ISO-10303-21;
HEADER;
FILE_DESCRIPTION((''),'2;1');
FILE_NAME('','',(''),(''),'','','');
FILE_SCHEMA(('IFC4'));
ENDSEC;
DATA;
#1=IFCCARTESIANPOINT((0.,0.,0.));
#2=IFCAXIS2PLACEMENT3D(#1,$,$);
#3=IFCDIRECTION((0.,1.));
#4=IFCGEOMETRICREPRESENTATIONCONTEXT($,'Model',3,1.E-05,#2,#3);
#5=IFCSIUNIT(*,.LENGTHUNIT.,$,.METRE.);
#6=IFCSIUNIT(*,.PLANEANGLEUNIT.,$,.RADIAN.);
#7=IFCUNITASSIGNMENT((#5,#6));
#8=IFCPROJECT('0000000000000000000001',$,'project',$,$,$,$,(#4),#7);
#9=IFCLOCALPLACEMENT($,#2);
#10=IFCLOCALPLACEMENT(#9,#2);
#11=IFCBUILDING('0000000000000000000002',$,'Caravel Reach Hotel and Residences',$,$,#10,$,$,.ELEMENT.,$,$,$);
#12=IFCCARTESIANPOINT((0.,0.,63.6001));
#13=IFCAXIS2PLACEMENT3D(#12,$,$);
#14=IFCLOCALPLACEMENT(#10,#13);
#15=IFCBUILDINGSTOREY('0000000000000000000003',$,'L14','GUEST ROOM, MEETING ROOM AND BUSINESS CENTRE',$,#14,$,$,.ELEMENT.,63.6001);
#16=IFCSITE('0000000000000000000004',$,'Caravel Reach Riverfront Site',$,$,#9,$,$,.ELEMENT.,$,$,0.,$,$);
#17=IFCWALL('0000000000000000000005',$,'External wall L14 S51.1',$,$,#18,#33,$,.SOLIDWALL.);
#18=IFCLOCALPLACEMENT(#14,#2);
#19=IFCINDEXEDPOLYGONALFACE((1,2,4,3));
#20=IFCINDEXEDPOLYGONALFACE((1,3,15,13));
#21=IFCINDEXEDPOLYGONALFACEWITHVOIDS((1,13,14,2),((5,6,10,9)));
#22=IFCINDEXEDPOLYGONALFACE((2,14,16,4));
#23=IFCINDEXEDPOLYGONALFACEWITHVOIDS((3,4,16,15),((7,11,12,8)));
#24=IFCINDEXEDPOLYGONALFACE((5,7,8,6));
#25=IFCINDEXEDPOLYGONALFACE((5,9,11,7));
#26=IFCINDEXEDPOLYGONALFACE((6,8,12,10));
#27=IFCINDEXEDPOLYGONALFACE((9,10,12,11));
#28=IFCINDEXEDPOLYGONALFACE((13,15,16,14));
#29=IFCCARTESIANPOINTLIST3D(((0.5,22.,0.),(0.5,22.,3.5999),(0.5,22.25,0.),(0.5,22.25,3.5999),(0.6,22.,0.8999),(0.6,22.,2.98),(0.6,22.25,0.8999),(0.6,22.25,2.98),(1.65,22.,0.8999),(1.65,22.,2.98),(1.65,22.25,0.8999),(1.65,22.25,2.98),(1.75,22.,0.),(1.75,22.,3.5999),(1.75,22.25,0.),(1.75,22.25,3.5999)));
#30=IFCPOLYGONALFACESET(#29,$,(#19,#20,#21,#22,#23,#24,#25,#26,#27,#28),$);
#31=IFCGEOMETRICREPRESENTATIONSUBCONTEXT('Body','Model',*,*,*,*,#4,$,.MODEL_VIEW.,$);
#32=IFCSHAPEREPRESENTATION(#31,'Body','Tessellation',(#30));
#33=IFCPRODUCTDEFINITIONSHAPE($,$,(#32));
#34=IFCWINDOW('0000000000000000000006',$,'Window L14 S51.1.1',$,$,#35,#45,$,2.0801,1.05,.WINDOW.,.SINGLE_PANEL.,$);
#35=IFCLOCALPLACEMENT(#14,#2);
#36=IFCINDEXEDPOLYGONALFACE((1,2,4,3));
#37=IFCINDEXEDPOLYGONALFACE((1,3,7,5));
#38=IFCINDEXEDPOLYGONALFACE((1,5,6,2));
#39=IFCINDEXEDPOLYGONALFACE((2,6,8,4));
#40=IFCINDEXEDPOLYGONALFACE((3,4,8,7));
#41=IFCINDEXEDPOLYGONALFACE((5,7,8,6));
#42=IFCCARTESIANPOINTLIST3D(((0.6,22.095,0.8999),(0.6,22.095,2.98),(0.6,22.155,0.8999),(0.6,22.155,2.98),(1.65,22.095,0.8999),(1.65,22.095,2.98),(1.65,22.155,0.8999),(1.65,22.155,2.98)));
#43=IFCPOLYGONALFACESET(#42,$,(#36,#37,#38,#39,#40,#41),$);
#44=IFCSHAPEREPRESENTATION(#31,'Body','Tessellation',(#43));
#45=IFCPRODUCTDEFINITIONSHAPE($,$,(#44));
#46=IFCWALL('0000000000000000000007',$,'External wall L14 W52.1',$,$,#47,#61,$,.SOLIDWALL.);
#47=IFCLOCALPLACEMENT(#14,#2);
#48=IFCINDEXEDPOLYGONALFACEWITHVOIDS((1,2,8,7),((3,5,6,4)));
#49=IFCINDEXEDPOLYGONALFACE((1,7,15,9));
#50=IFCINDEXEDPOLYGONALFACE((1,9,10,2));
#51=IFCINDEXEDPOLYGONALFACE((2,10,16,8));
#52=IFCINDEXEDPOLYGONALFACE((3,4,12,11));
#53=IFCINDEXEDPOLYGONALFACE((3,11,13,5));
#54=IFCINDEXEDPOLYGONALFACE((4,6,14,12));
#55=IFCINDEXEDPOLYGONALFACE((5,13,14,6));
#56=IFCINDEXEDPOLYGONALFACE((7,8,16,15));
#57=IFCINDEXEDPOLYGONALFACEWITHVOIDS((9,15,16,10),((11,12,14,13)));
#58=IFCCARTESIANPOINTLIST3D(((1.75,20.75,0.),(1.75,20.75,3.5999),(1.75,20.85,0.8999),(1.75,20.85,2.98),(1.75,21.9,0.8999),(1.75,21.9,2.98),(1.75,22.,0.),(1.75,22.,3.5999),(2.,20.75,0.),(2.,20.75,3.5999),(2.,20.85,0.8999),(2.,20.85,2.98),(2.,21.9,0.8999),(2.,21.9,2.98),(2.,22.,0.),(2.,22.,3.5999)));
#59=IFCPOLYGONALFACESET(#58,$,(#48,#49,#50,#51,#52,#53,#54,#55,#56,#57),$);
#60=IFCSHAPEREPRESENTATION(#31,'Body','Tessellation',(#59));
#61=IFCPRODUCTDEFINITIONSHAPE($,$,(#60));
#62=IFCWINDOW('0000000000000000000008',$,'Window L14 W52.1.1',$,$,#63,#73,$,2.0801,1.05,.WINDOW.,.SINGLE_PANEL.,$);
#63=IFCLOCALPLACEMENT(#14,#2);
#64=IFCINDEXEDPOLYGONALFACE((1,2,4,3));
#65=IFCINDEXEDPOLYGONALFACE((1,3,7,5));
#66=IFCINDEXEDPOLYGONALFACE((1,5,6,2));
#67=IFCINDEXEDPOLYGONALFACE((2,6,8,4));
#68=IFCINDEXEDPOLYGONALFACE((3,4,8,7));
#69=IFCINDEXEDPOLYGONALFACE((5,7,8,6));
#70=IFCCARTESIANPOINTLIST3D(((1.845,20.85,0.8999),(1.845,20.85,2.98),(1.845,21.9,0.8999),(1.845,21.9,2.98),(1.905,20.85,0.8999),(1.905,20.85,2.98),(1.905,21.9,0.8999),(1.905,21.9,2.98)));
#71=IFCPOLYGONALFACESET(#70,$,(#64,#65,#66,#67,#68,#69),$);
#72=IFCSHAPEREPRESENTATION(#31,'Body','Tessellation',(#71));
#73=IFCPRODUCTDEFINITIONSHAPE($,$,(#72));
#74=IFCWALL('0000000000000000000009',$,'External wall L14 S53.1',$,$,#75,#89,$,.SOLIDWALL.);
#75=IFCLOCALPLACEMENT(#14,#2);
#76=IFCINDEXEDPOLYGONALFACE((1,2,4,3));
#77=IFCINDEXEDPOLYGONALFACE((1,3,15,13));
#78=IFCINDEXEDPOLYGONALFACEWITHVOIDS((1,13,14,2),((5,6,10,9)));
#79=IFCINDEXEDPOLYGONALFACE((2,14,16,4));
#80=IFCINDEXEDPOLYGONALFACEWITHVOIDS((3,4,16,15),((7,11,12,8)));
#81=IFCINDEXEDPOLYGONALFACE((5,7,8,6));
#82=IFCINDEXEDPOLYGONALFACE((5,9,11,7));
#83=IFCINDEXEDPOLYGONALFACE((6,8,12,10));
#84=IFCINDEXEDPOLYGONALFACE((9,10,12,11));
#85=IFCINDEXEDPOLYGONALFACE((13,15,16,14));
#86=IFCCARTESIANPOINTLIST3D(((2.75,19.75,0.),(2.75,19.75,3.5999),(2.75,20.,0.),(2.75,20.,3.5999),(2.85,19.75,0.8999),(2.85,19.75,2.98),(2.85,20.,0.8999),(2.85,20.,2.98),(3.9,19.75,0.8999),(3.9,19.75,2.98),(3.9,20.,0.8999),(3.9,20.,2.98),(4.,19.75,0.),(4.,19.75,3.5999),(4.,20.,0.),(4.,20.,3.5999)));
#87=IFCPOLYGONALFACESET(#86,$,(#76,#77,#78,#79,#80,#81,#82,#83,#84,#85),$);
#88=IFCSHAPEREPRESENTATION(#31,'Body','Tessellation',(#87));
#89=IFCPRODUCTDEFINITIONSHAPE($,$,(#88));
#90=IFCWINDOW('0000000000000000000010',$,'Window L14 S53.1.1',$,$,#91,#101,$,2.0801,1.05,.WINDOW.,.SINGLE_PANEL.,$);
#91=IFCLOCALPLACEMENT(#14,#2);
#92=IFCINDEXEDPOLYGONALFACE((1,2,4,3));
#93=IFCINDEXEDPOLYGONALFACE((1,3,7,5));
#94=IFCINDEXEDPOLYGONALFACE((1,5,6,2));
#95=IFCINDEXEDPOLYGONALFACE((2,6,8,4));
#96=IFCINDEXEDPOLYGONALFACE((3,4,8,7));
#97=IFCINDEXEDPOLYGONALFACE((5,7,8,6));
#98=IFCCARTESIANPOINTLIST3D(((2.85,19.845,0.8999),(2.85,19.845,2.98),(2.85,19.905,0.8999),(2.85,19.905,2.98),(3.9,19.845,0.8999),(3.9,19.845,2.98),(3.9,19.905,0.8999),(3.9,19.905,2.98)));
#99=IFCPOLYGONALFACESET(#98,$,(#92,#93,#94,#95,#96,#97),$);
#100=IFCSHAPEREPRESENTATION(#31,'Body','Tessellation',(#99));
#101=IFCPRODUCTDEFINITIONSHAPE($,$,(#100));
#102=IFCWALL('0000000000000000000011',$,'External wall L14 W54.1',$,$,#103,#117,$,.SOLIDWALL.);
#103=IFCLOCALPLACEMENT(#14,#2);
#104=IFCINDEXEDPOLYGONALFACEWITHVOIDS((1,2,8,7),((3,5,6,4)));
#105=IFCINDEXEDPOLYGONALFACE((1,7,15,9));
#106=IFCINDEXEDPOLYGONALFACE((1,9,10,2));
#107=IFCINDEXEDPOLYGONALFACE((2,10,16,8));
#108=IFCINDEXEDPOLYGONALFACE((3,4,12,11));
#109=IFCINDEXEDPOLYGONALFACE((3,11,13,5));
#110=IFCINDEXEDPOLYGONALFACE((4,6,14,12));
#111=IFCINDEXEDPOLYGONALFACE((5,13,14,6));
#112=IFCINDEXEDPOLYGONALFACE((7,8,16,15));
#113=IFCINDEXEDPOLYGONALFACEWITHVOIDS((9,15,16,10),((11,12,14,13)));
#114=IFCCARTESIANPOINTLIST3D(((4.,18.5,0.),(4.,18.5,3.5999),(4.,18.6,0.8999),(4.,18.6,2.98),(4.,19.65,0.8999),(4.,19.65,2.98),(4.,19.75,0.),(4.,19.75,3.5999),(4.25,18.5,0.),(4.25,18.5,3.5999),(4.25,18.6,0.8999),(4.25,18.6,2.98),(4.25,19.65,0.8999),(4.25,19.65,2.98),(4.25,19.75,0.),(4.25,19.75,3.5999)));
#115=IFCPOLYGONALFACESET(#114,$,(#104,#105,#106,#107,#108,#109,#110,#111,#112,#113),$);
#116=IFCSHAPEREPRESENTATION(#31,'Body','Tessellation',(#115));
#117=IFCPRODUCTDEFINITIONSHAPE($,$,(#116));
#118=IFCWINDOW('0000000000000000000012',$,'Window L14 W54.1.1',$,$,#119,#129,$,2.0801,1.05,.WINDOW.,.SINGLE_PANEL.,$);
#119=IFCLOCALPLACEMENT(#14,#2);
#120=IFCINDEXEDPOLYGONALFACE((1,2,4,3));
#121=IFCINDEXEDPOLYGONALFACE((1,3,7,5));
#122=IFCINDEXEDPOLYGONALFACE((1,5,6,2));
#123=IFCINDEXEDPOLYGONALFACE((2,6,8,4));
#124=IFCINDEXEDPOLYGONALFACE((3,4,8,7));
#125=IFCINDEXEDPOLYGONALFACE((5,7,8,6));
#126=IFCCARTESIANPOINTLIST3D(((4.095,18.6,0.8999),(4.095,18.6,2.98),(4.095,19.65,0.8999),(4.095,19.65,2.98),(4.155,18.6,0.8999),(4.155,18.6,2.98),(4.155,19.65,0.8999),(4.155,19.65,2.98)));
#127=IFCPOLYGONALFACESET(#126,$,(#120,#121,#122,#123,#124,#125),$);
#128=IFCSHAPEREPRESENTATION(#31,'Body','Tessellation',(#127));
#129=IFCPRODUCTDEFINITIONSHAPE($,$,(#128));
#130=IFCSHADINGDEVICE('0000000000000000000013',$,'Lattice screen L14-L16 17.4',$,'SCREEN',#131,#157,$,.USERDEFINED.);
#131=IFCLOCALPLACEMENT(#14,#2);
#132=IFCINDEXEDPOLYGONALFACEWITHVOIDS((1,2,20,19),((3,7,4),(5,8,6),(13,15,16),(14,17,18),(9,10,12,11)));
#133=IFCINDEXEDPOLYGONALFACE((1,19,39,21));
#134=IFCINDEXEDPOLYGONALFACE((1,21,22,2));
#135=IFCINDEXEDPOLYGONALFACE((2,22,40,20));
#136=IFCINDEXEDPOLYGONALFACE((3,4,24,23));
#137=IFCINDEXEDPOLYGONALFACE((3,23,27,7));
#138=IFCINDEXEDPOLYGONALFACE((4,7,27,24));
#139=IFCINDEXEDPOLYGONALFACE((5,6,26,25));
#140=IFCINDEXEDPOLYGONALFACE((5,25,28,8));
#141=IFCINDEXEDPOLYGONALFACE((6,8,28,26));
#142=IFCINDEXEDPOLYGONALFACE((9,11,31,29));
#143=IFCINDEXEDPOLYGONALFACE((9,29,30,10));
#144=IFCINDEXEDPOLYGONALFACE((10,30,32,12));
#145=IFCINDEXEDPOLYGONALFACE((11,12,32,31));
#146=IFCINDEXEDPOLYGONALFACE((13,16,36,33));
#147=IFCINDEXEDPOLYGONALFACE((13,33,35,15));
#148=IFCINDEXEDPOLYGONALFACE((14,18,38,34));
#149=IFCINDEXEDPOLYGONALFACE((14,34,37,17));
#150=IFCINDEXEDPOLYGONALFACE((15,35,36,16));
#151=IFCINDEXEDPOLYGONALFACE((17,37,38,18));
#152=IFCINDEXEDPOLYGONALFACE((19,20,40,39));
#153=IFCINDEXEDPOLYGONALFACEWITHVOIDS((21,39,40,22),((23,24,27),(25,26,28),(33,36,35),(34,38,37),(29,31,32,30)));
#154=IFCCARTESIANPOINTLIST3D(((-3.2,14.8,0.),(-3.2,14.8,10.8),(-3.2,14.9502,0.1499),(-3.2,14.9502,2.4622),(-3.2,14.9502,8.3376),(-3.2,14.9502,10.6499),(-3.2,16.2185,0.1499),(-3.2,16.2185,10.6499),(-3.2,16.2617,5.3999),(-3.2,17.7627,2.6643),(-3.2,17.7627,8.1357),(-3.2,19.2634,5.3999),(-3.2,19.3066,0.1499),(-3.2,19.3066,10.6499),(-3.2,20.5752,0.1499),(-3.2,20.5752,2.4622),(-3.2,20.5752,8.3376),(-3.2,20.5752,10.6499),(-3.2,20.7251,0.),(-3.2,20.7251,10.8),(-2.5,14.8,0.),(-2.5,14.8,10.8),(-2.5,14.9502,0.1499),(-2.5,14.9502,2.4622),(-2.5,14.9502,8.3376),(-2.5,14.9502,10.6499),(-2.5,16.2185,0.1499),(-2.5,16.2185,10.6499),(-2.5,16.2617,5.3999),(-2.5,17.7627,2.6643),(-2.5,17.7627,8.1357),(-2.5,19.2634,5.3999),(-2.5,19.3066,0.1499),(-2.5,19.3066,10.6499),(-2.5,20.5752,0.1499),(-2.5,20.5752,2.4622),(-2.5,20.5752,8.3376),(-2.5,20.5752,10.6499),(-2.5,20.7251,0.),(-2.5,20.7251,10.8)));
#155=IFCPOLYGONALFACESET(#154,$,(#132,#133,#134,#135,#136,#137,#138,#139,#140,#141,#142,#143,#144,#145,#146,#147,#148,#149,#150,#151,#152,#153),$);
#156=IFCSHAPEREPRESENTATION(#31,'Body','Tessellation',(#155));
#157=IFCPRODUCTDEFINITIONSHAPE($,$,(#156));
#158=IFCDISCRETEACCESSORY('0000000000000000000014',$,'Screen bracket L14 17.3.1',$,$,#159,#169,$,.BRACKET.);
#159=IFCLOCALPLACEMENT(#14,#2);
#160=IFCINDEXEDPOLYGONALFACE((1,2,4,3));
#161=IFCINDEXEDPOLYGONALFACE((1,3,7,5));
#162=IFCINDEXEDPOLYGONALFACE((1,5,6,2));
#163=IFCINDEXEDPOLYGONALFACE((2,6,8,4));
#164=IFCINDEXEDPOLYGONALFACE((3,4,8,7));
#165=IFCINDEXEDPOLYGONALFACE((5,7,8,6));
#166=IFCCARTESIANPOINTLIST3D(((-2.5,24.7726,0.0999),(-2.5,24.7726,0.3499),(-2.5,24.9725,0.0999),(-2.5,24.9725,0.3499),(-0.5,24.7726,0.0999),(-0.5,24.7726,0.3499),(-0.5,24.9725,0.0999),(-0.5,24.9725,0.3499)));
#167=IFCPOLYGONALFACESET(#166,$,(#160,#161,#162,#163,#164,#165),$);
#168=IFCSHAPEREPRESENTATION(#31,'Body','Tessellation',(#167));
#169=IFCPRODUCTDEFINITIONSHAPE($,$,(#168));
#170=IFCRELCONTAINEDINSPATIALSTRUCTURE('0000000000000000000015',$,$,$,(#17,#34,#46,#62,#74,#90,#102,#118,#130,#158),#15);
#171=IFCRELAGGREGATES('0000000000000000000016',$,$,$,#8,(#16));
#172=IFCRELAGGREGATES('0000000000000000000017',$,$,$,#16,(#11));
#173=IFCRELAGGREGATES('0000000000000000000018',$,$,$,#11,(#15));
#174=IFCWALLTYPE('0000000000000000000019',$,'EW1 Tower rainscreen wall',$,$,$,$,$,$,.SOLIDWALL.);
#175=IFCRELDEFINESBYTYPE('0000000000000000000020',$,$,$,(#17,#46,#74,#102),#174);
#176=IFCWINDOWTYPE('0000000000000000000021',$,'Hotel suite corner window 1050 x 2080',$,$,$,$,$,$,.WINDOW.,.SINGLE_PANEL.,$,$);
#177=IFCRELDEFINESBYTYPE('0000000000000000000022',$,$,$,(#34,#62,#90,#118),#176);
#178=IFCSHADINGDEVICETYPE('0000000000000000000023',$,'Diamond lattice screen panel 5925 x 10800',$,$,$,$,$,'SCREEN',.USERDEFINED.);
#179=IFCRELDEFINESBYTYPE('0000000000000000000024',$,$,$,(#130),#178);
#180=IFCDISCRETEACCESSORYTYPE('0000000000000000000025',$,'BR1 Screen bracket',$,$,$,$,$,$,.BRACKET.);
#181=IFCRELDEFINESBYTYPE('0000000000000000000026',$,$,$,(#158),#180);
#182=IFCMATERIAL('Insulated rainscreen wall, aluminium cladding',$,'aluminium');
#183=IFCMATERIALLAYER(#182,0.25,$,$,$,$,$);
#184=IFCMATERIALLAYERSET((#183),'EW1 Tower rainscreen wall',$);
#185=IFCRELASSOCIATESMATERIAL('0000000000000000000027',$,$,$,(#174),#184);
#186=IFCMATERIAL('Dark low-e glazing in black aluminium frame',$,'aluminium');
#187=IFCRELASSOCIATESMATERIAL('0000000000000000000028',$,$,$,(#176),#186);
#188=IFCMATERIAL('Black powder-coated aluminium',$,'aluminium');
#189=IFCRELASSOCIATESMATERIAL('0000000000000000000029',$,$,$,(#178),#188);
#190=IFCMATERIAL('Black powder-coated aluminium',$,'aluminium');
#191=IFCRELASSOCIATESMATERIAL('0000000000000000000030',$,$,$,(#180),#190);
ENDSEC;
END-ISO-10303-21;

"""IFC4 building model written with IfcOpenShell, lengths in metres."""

from ifc_helpers import new_model, si_unit, direction, frame, frame_2d, origin, origin_2d, place, context, subcontext, project, spatial, polyline, rectangle, outline, extrude, material, layer, layer_set, type_object, element, fill, save


model = new_model("IFC4")

# Units and contexts
model_context = context("Model", 3, precision=1e-05, world=origin(), true_north=direction((0.0, 1.0)))
body_context = subcontext(model_context, "Body", "Model", "MODEL_VIEW")
ifc_project = project(units=[si_unit("LENGTHUNIT", "METRE"), si_unit("PLANEANGLEUNIT", "RADIAN")], contexts=[model_context])

# Site, building, storey
site_placement = place(None, origin())
site = spatial("IfcSite", under=ifc_project, at=site_placement, Name="Caravel Reach Riverfront Site", CompositionType="ELEMENT", RefElevation=0.0)
building_placement = place(site_placement, origin())
building = spatial("IfcBuilding", under=site, at=building_placement, Name="Caravel Reach Hotel and Residences", CompositionType="ELEMENT")
storey_placement = place(building_placement, frame((0.0, 0.0, 63.6001)))
storey = spatial("IfcBuildingStorey", under=building, at=storey_placement, Name="L14", Description="GUEST ROOM, MEETING ROOM AND BUSINESS CENTRE", CompositionType="ELEMENT", Elevation=63.6001)

# Walls, openings, windows
ifc_material_1 = material(Name="Insulated rainscreen wall, aluminium cladding", Category="aluminium")
ifc_layer = layer(ifc_material_1, 0.25)
ifc_layer_set = layer_set([ifc_layer], Name="EW1 Tower rainscreen wall")
wall_type = type_object("IfcWallType", Name="EW1 Tower rainscreen wall", PredefinedType="SOLIDWALL", material=ifc_layer_set)
wall_1_placement = place(storey_placement, frame((0.5, 22.125, 0.0), z_axis=(0.0, 0.0, 1.0), x_axis=(1.0, 0.0, 0.0)))
wall_1 = element("IfcWall", 1, at=wall_1_placement, inside=storey, type_object=wall_type, Name="External wall L14 S51.1", PredefinedType="SOLIDWALL", context=body_context, shape_type="SweptSolid", body=[
    extrude(rectangle(XDim=1.25, YDim=0.25, at=frame_2d((0.625, 0.0))), origin(), (0.0, 0.0, 1.0), 3.5999),
])
opening_1_placement = place(wall_1_placement, frame((0.1001, 0.0, 0.8999)))
opening_1 = element("IfcOpeningElement", 2, at=opening_1_placement, cuts=wall_1, PredefinedType="OPENING", context=body_context, shape_type="SweptSolid", body=[
    extrude(rectangle(XDim=1.05, YDim=2.0801, at=frame_2d((0.5249, 1.04))), frame((0.0, 0.135, 0.0), z_axis=(0.0, -1.0, 0.0), x_axis=(1.0, 0.0, 0.0)), (0.0, 0.0, 1.0), 0.27),
])
ifc_material_2 = material(Name="Dark low-e glazing in black aluminium frame", Category="aluminium")
window_type = type_object("IfcWindowType", Name="Hotel suite corner window 1050 x 2080", PartitioningType="SINGLE_PANEL", PredefinedType="WINDOW", material=ifc_material_2)
window_1_placement = place(opening_1_placement, origin())
window_1 = element("IfcWindow", 3, at=window_1_placement, inside=storey, type_object=window_type, Name="Window L14 S51.1.1", OverallHeight=2.0801, OverallWidth=1.05, PartitioningType="SINGLE_PANEL", PredefinedType="WINDOW", context=body_context, shape_type="SweptSolid", body=[
    extrude(rectangle(XDim=1.05, YDim=2.0801, at=frame_2d((0.5249, 1.04))), frame((0.0, 0.03, 0.0), z_axis=(0.0, -1.0, 0.0), x_axis=(1.0, 0.0, 0.0)), (0.0, 0.0, 1.0), 0.0601),
])
fill(opening_1, window_1)
wall_2_placement = place(storey_placement, frame((1.875, 22.0, 0.0), z_axis=(0.0, 0.0, 1.0), x_axis=(0.0, -1.0, 0.0)))
wall_2 = element("IfcWall", 4, at=wall_2_placement, inside=storey, type_object=wall_type, Name="External wall L14 W52.1", PredefinedType="SOLIDWALL", context=body_context, shape_type="SweptSolid", body=[
    extrude(rectangle(XDim=1.25, YDim=0.25, at=frame_2d((0.625, 0.0))), origin(), (0.0, 0.0, 1.0), 3.5999),
])
opening_2_placement = place(wall_2_placement, frame((0.1001, 0.0, 0.8999)))
opening_2 = element("IfcOpeningElement", 5, at=opening_2_placement, cuts=wall_2, PredefinedType="OPENING", context=body_context, shape_type="SweptSolid", body=[
    extrude(rectangle(XDim=1.05, YDim=2.0801, at=frame_2d((0.5249, 1.04))), frame((0.0, 0.135, 0.0), z_axis=(0.0, -1.0, 0.0), x_axis=(1.0, 0.0, 0.0)), (0.0, 0.0, 1.0), 0.27),
])
window_2_placement = place(opening_2_placement, origin())
window_2 = element("IfcWindow", 6, at=window_2_placement, inside=storey, type_object=window_type, Name="Window L14 W52.1.1", OverallHeight=2.0801, OverallWidth=1.05, PartitioningType="SINGLE_PANEL", PredefinedType="WINDOW", context=body_context, shape_type="SweptSolid", body=[
    extrude(rectangle(XDim=1.05, YDim=2.0801, at=frame_2d((0.5249, 1.04))), frame((0.0, 0.03, 0.0), z_axis=(0.0, -1.0, 0.0), x_axis=(1.0, 0.0, 0.0)), (0.0, 0.0, 1.0), 0.0601),
])
fill(opening_2, window_2)
wall_3_placement = place(storey_placement, frame((2.75, 19.875, 0.0), z_axis=(0.0, 0.0, 1.0), x_axis=(1.0, 0.0, 0.0)))
wall_3 = element("IfcWall", 7, at=wall_3_placement, inside=storey, type_object=wall_type, Name="External wall L14 S53.1", PredefinedType="SOLIDWALL", context=body_context, shape_type="SweptSolid", body=[
    extrude(rectangle(XDim=1.25, YDim=0.25, at=frame_2d((0.625, 0.0))), origin(), (0.0, 0.0, 1.0), 3.5999),
])
opening_3_placement = place(wall_3_placement, frame((0.1001, 0.0, 0.8999)))
opening_3 = element("IfcOpeningElement", 8, at=opening_3_placement, cuts=wall_3, PredefinedType="OPENING", context=body_context, shape_type="SweptSolid", body=[
    extrude(rectangle(XDim=1.05, YDim=2.0801, at=frame_2d((0.5249, 1.04))), frame((0.0, 0.135, 0.0), z_axis=(0.0, -1.0, 0.0), x_axis=(1.0, 0.0, 0.0)), (0.0, 0.0, 1.0), 0.27),
])
window_3_placement = place(opening_3_placement, origin())
window_3 = element("IfcWindow", 9, at=window_3_placement, inside=storey, type_object=window_type, Name="Window L14 S53.1.1", OverallHeight=2.0801, OverallWidth=1.05, PartitioningType="SINGLE_PANEL", PredefinedType="WINDOW", context=body_context, shape_type="SweptSolid", body=[
    extrude(rectangle(XDim=1.05, YDim=2.0801, at=frame_2d((0.5249, 1.04))), frame((0.0, 0.03, 0.0), z_axis=(0.0, -1.0, 0.0), x_axis=(1.0, 0.0, 0.0)), (0.0, 0.0, 1.0), 0.0601),
])
fill(opening_3, window_3)
wall_4_placement = place(storey_placement, frame((4.125, 19.75, 0.0), z_axis=(0.0, 0.0, 1.0), x_axis=(0.0, -1.0, 0.0)))
wall_4 = element("IfcWall", 10, at=wall_4_placement, inside=storey, type_object=wall_type, Name="External wall L14 W54.1", PredefinedType="SOLIDWALL", context=body_context, shape_type="SweptSolid", body=[
    extrude(rectangle(XDim=1.25, YDim=0.25, at=frame_2d((0.625, 0.0))), origin(), (0.0, 0.0, 1.0), 3.5999),
])
opening_4_placement = place(wall_4_placement, frame((0.1001, 0.0, 0.8999)))
opening_4 = element("IfcOpeningElement", 11, at=opening_4_placement, cuts=wall_4, PredefinedType="OPENING", context=body_context, shape_type="SweptSolid", body=[
    extrude(rectangle(XDim=1.05, YDim=2.0801, at=frame_2d((0.5249, 1.04))), frame((0.0, 0.135, 0.0), z_axis=(0.0, -1.0, 0.0), x_axis=(1.0, 0.0, 0.0)), (0.0, 0.0, 1.0), 0.27),
])
window_4_placement = place(opening_4_placement, origin())
window_4 = element("IfcWindow", 12, at=window_4_placement, inside=storey, type_object=window_type, Name="Window L14 W54.1.1", OverallHeight=2.0801, OverallWidth=1.05, PartitioningType="SINGLE_PANEL", PredefinedType="WINDOW", context=body_context, shape_type="SweptSolid", body=[
    extrude(rectangle(XDim=1.05, YDim=2.0801, at=frame_2d((0.5249, 1.04))), frame((0.0, 0.03, 0.0), z_axis=(0.0, -1.0, 0.0), x_axis=(1.0, 0.0, 0.0)), (0.0, 0.0, 1.0), 0.0601),
])
fill(opening_4, window_4)

# Shading device
ifc_material_3 = material(Name="Black powder-coated aluminium", Category="aluminium")
shading_device_type = type_object("IfcShadingDeviceType", Name="Diamond lattice screen panel 5925 x 10800", ElementType="SCREEN", PredefinedType="USERDEFINED", material=ifc_material_3)
shading_device_placement = place(storey_placement, frame((-2.5, 20.7251, 0.0), z_axis=(-1.0, 0.0, 0.0), x_axis=(0.0, -1.0, 0.0)))
element("IfcShadingDevice", 13, at=shading_device_placement, inside=storey, type_object=shading_device_type, Name="Lattice screen L14-L16 17.4", ObjectType="SCREEN", PredefinedType="USERDEFINED", context=body_context, shape_type="SweptSolid", body=[
    extrude(outline(polyline([(0.0, 0.0), (5.925, 0.0), (5.925, 10.8), (0.0, 10.8), (0.0, 0.0)]), holes=[polyline([(1.4185, 0.1499), (0.1499, 2.4622), (0.1499, 0.1499), (1.4185, 0.1499)]), polyline([(0.1499, 8.3376), (1.4185, 10.6499), (0.1499, 10.6499), (0.1499, 8.3376)]), polyline([(2.9624, 8.1357), (1.4617, 5.3999), (2.9624, 2.6643), (4.4634, 5.3999), (2.9624, 8.1357)]), polyline([(5.7749, 2.4622), (4.5066, 0.1499), (5.7749, 0.1499), (5.7749, 2.4622)]), polyline([(4.5066, 10.6499), (5.7749, 8.3376), (5.7749, 10.6499), (4.5066, 10.6499)])]), origin(), (0.0, 0.0, 1.0), 0.7),
])

# Discrete accessory
ifc_material_4 = material(Name="Black powder-coated aluminium", Category="aluminium")
discrete_accessory_type = type_object("IfcDiscreteAccessoryType", Name="BR1 Screen bracket", PredefinedType="BRACKET", material=ifc_material_4)
discrete_accessory_placement = place(storey_placement, frame((-1.5, 24.8726, 0.0999), z_axis=(0.0, 0.0, 1.0), x_axis=(-1.0, 0.0, 0.0)))
element("IfcDiscreteAccessory", 14, at=discrete_accessory_placement, inside=storey, type_object=discrete_accessory_type, Name="Screen bracket L14 17.3.1", PredefinedType="BRACKET", context=body_context, shape_type="SweptSolid", body=[
    extrude(rectangle(XDim=2.0, YDim=0.2, at=origin_2d()), origin(), (0.0, 0.0, 1.0), 0.25),
])

save(model, "model.ifc")
